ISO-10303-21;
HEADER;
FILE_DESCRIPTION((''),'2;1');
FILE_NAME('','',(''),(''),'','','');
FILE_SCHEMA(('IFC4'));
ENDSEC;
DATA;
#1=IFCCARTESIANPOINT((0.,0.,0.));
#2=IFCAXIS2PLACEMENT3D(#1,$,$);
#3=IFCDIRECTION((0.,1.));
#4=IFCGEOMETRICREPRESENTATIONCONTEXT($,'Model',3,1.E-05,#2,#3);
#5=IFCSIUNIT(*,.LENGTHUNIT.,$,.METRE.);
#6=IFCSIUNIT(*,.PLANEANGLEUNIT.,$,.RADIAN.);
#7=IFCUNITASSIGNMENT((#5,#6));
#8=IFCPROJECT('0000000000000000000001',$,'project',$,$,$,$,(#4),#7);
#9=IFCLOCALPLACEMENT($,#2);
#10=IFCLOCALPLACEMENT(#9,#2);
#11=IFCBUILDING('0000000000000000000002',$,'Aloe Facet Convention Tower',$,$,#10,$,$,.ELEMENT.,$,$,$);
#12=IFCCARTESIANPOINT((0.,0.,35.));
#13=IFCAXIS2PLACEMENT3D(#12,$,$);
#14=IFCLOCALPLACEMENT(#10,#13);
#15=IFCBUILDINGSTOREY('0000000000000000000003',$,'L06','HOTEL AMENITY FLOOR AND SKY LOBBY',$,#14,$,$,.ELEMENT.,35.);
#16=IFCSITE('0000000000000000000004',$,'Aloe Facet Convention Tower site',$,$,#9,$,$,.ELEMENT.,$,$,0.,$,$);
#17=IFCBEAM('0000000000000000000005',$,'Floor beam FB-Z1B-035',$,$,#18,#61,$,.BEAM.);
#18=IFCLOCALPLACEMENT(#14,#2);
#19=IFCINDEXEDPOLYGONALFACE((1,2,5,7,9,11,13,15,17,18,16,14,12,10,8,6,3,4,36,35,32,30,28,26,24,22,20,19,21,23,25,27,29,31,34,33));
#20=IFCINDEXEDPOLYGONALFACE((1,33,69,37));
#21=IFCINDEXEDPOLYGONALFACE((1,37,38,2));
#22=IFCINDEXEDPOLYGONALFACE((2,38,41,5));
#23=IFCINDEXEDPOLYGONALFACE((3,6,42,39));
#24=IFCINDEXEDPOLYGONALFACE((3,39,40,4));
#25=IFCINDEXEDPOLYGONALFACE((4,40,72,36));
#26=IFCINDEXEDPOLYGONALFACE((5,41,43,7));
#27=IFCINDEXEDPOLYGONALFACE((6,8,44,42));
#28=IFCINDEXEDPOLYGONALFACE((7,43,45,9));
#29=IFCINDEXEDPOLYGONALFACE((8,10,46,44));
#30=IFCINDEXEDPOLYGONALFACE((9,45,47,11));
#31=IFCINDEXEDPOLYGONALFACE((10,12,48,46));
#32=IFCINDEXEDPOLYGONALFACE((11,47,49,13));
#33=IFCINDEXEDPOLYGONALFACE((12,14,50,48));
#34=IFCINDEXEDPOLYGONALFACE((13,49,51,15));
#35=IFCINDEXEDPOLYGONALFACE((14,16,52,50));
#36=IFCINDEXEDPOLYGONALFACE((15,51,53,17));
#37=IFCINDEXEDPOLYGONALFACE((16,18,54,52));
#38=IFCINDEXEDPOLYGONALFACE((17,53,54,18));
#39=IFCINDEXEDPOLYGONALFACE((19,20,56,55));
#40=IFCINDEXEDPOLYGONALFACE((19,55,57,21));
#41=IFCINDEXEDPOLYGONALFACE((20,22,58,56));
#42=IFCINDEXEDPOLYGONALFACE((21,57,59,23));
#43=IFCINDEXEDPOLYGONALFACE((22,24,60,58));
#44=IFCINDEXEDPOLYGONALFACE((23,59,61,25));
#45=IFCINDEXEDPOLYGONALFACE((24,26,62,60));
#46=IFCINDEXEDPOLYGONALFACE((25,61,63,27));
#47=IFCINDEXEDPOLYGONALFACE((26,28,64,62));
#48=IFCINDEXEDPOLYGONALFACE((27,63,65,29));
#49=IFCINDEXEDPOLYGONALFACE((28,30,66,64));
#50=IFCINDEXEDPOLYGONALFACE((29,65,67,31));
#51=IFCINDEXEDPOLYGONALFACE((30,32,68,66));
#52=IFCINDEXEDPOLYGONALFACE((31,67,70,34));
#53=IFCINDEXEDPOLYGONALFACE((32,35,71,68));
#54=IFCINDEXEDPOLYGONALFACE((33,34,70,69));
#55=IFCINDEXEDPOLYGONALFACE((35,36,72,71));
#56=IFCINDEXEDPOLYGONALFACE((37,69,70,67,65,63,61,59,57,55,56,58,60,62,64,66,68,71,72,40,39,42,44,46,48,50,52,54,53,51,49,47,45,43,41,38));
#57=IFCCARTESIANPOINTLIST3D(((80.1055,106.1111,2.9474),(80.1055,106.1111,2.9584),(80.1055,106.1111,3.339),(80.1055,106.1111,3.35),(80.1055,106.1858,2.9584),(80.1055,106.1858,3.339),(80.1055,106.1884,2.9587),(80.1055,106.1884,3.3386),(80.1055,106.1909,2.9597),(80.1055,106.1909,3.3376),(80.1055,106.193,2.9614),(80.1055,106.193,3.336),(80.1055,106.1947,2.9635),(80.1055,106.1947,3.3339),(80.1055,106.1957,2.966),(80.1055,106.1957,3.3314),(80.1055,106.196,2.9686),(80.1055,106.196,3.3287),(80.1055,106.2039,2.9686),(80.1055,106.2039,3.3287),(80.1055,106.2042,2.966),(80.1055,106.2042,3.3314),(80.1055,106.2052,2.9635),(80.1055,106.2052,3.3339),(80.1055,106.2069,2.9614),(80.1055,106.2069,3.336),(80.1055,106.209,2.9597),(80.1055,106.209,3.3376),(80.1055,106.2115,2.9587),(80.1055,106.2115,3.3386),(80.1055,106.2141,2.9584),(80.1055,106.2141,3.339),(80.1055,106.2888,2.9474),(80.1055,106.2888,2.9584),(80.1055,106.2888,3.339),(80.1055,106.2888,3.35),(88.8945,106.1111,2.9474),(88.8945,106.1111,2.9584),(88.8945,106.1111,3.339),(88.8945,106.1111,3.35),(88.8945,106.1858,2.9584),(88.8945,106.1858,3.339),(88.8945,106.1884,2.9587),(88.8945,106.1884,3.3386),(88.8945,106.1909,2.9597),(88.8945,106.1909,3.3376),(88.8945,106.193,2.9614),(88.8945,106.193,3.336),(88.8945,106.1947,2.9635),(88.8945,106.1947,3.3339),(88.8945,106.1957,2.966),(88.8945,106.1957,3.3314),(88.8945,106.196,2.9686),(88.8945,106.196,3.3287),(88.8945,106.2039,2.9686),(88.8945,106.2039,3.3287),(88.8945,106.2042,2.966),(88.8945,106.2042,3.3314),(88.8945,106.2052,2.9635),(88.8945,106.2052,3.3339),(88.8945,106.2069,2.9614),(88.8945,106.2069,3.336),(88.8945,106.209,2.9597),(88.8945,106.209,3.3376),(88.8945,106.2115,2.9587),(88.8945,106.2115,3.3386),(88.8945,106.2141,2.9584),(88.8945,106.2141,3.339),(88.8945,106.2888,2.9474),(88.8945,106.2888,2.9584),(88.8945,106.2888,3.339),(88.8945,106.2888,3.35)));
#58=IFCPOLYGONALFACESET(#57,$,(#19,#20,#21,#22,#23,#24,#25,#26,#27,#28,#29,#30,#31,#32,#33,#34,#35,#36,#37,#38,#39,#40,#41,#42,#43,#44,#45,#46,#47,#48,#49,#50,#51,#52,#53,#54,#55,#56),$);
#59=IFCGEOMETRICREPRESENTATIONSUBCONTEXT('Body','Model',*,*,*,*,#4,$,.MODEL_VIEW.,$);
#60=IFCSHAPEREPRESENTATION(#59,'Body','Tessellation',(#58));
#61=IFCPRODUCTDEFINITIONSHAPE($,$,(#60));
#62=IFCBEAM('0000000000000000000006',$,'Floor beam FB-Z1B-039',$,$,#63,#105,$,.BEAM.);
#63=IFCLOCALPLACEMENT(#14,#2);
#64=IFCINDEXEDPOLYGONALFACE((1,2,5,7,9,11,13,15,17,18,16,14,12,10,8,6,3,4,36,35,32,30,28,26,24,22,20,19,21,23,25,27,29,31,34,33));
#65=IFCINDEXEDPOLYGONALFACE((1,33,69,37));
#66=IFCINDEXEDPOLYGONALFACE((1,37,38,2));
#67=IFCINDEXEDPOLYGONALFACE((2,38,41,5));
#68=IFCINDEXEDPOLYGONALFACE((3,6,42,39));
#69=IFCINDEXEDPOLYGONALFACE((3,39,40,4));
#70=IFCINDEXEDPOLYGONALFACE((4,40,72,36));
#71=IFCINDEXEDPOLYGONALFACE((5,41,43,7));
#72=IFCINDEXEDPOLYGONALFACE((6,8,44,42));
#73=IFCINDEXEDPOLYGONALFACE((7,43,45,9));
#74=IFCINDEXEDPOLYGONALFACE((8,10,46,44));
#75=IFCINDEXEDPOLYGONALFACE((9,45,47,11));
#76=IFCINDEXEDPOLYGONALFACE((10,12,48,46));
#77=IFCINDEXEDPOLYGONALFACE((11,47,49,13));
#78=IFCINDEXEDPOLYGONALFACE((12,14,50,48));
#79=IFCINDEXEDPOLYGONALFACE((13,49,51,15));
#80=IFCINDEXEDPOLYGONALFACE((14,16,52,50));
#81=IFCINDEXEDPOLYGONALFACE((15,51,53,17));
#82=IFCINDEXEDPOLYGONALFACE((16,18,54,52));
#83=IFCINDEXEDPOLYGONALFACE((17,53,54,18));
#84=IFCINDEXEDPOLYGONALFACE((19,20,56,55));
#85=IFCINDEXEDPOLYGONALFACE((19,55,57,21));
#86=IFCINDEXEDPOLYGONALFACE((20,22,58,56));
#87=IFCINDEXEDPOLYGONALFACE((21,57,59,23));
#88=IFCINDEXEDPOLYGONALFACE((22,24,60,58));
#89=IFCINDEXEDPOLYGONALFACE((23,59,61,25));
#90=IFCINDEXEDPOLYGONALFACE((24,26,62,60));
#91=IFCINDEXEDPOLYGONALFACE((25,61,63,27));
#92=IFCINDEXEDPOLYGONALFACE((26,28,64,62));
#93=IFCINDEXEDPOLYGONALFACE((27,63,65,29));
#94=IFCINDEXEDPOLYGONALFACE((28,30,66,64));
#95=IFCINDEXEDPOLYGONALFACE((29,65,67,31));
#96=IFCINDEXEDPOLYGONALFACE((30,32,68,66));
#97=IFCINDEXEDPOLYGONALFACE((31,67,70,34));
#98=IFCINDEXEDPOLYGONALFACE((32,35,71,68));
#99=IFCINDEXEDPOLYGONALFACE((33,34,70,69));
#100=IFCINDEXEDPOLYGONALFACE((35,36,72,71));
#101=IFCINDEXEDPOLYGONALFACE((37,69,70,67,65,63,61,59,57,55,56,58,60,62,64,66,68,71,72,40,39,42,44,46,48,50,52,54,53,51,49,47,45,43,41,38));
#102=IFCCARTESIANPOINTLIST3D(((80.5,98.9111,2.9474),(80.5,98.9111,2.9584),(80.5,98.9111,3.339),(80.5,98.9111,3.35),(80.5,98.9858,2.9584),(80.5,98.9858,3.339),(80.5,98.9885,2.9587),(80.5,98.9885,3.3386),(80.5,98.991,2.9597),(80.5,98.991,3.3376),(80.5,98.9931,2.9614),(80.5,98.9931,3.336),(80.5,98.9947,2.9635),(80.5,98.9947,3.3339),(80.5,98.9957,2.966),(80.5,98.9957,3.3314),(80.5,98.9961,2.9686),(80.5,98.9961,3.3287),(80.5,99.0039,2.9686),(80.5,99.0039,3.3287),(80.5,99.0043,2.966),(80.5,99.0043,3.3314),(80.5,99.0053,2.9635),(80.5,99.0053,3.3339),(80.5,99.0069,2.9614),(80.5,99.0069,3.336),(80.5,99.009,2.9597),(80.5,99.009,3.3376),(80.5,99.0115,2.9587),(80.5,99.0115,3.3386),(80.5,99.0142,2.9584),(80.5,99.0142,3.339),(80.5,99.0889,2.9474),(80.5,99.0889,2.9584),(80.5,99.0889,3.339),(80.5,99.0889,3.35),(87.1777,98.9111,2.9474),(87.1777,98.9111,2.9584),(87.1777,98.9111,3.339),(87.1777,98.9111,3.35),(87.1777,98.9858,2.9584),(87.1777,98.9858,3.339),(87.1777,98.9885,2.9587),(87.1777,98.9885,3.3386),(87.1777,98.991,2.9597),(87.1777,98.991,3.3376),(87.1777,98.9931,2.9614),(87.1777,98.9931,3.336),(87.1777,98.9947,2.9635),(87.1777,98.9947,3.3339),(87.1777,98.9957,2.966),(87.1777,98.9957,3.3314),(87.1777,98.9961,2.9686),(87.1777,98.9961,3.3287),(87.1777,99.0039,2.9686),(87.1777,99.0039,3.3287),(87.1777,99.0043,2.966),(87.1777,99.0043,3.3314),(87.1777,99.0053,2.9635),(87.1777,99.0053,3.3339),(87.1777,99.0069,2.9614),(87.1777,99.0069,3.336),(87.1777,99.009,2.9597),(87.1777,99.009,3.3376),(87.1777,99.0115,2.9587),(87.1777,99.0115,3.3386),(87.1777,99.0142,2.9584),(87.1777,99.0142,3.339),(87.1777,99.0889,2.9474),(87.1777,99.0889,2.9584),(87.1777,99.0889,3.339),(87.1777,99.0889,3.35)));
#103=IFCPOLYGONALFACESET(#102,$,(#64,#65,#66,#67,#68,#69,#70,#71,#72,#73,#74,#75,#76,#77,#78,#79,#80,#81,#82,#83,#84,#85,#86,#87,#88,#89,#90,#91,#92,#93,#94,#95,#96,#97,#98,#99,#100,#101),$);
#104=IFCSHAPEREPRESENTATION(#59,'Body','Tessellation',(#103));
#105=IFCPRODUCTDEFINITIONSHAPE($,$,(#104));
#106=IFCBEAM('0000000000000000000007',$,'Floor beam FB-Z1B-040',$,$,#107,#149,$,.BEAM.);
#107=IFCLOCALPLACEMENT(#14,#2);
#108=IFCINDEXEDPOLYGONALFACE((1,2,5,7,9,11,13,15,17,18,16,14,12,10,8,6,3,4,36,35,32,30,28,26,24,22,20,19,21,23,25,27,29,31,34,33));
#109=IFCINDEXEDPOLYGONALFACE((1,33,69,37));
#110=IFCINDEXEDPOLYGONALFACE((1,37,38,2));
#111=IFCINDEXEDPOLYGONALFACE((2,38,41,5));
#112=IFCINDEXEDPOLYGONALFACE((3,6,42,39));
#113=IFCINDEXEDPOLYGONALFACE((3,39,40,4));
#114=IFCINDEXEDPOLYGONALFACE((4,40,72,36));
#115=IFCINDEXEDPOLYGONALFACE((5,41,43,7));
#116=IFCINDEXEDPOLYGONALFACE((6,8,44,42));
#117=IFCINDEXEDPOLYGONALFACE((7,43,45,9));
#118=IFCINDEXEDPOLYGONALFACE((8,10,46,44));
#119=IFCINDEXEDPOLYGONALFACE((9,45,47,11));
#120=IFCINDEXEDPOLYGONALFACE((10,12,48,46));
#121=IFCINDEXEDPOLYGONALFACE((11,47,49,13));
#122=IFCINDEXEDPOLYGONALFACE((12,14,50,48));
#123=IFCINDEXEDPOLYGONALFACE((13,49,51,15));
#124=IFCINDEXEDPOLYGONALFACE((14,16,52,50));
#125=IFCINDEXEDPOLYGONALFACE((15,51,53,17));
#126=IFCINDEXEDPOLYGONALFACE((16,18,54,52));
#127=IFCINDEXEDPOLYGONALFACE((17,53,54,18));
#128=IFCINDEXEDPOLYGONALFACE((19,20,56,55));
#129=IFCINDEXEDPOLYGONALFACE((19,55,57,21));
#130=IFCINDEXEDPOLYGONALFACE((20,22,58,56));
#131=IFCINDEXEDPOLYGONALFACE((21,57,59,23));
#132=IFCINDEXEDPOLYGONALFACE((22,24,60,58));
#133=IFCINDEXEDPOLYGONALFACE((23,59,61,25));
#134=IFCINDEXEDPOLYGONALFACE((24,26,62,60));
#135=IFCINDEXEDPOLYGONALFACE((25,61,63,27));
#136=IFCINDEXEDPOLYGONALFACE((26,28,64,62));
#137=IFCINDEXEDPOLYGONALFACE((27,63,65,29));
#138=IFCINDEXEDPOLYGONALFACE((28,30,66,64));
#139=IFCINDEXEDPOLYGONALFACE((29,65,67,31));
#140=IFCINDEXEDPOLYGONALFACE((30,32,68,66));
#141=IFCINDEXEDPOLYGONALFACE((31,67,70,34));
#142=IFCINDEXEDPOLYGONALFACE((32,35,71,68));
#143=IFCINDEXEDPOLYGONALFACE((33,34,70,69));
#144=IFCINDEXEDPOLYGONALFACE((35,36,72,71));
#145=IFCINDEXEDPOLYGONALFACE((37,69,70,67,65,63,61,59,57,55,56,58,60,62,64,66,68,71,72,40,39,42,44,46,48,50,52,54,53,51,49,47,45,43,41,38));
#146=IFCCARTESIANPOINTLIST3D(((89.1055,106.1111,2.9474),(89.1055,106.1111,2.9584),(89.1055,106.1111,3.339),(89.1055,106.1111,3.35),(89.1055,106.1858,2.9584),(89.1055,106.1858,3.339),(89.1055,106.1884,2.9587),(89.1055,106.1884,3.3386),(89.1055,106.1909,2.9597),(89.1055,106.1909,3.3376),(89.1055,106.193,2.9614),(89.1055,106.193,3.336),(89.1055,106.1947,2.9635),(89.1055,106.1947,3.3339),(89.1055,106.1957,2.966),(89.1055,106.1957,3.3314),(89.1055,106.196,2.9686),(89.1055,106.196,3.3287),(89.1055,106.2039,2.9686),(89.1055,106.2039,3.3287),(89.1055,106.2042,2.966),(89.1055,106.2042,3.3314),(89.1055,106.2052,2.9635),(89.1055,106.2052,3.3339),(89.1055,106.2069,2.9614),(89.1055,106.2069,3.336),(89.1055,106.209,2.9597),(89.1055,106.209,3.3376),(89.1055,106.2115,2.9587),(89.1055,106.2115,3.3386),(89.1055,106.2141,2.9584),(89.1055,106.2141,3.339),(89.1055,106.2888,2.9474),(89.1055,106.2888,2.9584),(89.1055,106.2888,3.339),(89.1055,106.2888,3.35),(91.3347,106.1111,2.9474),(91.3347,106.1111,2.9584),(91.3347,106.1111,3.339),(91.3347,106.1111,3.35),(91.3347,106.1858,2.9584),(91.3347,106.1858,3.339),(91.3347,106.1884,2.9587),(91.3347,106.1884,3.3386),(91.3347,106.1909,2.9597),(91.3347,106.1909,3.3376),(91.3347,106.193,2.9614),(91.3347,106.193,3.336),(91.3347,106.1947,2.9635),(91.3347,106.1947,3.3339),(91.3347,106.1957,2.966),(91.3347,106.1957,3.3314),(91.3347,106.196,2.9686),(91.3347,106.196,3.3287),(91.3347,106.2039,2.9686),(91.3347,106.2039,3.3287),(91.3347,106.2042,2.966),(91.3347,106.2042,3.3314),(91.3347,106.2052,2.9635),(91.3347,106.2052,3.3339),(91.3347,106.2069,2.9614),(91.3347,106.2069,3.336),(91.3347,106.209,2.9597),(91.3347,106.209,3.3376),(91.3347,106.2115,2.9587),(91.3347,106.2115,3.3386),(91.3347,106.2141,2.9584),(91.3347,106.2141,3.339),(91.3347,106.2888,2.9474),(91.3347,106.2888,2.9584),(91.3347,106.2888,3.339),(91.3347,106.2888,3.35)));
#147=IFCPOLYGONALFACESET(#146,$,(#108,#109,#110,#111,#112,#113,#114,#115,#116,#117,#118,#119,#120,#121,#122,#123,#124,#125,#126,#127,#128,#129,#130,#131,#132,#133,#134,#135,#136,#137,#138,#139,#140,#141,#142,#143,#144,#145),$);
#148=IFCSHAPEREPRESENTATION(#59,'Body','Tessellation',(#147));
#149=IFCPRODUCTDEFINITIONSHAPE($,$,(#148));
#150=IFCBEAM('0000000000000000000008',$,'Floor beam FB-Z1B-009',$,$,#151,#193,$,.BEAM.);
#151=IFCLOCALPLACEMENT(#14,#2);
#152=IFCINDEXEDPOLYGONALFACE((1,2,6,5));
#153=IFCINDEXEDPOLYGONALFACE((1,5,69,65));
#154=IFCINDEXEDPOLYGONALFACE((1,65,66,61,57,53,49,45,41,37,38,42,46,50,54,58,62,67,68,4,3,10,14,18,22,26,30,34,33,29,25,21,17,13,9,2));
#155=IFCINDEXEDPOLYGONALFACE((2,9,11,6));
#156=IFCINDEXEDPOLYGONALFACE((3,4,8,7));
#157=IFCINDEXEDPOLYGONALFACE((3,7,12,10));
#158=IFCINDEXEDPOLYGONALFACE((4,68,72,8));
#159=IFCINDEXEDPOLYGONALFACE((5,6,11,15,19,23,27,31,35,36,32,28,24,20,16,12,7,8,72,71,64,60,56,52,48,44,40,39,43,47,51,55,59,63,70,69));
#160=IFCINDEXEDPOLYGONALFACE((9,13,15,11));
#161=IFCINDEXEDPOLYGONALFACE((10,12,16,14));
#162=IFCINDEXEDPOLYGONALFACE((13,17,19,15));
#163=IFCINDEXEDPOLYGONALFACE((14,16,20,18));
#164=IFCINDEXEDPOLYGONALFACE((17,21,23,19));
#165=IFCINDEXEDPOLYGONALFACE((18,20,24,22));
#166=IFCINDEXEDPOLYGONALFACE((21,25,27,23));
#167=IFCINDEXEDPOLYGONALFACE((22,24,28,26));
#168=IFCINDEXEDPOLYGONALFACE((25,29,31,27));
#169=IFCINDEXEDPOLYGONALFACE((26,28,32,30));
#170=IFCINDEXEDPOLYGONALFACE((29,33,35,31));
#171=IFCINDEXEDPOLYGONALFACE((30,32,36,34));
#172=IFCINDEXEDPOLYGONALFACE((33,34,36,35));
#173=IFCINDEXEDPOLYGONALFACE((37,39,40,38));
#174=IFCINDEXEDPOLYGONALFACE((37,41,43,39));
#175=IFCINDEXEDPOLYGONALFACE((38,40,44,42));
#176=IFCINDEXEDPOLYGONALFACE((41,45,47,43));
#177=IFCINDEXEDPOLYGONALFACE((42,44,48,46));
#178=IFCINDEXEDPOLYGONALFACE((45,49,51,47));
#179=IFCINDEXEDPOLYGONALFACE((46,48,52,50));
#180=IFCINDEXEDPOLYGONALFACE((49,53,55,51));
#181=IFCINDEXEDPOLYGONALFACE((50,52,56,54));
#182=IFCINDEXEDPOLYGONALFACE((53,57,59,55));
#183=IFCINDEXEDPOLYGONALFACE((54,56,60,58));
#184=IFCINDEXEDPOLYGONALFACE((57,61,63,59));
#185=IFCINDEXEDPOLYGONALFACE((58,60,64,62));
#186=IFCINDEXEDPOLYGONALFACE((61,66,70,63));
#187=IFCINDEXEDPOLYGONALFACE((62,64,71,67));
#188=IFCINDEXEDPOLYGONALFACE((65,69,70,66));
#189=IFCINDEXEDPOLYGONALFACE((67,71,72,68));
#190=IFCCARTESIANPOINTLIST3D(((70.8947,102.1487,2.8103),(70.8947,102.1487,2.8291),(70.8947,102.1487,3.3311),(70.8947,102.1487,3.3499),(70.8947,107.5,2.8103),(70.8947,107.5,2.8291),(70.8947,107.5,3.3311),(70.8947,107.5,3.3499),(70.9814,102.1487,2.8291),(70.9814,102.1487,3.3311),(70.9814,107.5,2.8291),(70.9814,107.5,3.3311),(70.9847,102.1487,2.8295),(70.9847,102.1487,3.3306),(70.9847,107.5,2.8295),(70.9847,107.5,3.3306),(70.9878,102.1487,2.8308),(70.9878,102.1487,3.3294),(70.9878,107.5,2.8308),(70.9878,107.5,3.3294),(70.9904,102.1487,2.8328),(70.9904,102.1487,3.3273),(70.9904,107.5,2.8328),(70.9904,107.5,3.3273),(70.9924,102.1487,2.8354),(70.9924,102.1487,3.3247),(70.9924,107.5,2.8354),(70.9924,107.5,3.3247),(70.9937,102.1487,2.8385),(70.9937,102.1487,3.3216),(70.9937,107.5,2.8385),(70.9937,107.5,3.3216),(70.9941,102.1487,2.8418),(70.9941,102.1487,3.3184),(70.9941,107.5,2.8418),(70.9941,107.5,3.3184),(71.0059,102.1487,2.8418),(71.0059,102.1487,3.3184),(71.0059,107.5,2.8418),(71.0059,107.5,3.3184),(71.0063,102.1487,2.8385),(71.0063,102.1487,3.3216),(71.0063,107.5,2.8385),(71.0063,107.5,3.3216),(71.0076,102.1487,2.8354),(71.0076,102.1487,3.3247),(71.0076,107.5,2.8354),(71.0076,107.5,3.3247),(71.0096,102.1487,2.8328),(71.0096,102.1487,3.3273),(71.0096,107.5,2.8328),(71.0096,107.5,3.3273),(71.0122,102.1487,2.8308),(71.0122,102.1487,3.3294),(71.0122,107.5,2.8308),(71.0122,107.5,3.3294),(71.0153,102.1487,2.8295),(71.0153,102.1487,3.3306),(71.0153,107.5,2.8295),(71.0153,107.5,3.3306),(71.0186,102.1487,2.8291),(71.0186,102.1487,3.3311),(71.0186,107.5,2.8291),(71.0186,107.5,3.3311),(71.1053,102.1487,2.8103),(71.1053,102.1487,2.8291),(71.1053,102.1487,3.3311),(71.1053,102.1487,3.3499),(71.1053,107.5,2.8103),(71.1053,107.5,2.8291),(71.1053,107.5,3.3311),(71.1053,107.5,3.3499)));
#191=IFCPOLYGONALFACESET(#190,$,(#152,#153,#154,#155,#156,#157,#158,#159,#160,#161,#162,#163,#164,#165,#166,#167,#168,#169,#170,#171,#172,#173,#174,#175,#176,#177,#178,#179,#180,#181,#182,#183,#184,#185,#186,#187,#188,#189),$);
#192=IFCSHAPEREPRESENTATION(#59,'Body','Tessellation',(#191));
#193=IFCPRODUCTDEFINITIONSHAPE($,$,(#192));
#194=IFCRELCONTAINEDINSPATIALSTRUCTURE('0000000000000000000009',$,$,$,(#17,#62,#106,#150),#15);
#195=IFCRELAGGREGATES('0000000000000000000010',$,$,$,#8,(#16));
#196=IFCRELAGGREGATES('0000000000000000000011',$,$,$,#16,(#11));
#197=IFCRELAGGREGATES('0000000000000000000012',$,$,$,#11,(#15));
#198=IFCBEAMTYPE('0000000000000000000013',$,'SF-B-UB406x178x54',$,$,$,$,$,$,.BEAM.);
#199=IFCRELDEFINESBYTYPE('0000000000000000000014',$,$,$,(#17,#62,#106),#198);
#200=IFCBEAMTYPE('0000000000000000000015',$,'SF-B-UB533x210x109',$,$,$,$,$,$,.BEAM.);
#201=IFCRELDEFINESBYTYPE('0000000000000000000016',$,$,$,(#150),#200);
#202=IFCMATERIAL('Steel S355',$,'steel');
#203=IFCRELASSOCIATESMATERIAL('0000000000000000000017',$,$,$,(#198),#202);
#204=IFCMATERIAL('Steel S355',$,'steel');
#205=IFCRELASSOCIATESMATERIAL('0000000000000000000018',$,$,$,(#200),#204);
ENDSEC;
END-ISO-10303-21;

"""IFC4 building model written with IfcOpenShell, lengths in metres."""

from ifc_helpers import new_model, si_unit, direction, frame, origin, origin_2d, place, context, subcontext, project, spatial, i_section, extrude, material, material_profile, profile_set, type_object, element, save


model = new_model("IFC4")

# Units and contexts
model_context = context("Model", 3, precision=1e-05, world=origin(), true_north=direction((0.0, 1.0)))
body_context = subcontext(model_context, "Body", "Model", "MODEL_VIEW")
ifc_project = project(units=[si_unit("LENGTHUNIT", "METRE"), si_unit("PLANEANGLEUNIT", "RADIAN")], contexts=[model_context])

# Site, building, storey
site_placement = place(None, origin())
site = spatial("IfcSite", under=ifc_project, at=site_placement, Name="Aloe Facet Convention Tower site", CompositionType="ELEMENT", RefElevation=0.0)
building_placement = place(site_placement, origin())
building = spatial("IfcBuilding", under=site, at=building_placement, Name="Aloe Facet Convention Tower", CompositionType="ELEMENT")
storey_placement = place(building_placement, frame((0.0, 0.0, 35.0)))
storey = spatial("IfcBuildingStorey", under=building, at=storey_placement, Name="L06", Description="HOTEL AMENITY FLOOR AND SKY LOBBY", CompositionType="ELEMENT", Elevation=35.0)

# Beams
ifc_material_1 = material(Name="Steel S355", Category="steel")
ifc_material_profile_1 = material_profile(ifc_material_1, i_section(OverallWidth=0.1777, OverallDepth=0.4026, WebThickness=0.0078, FlangeThickness=0.011, FilletRadius=0.0103, at=origin_2d()), Name="UB 406x178x54")
ifc_profile_set_1 = profile_set([ifc_material_profile_1], Name="Steel S355")
beam_type_1 = type_object("IfcBeamType", Name="SF-B-UB406x178x54", PredefinedType="BEAM", material=ifc_profile_set_1)
for number, where, z_axis, x_axis, name in (
    (1, (80.1055, 106.2, 3.1487), (1.0, 0.0, 0.0), (0.0, 1.0, 0.0), "Floor beam FB-Z1B-035"),
):
    element("IfcBeam", number, at=place(storey_placement, frame(where, z_axis=z_axis, x_axis=x_axis)), inside=storey, type_object=beam_type_1, Name=name, PredefinedType="BEAM", context=body_context, shape_type="SweptSolid", body=[
        extrude(i_section(OverallWidth=0.1777, OverallDepth=0.4026, WebThickness=0.0078, FlangeThickness=0.011, FilletRadius=0.0103, at=origin_2d()), origin(), (0.0, 0.0, 1.0), 8.7891),
    ])
beam_1_placement = place(storey_placement, frame((80.5, 99.0, 3.1487), z_axis=(1.0, 0.0, 0.0), x_axis=(0.0, 1.0, 0.0)))
element("IfcBeam", 2, at=beam_1_placement, inside=storey, type_object=beam_type_1, Name="Floor beam FB-Z1B-039", PredefinedType="BEAM", context=body_context, shape_type="SweptSolid", body=[
    extrude(i_section(OverallWidth=0.1777, OverallDepth=0.4026, WebThickness=0.0078, FlangeThickness=0.011, FilletRadius=0.0103, at=origin_2d()), origin(), (0.0, 0.0, 1.0), 6.6777),
])
beam_2_placement = place(storey_placement, frame((89.1055, 106.2, 3.1487), z_axis=(1.0, 0.0, 0.0), x_axis=(0.0, 1.0, 0.0)))
element("IfcBeam", 3, at=beam_2_placement, inside=storey, type_object=beam_type_1, Name="Floor beam FB-Z1B-040", PredefinedType="BEAM", context=body_context, shape_type="SweptSolid", body=[
    extrude(i_section(OverallWidth=0.1777, OverallDepth=0.4026, WebThickness=0.0078, FlangeThickness=0.011, FilletRadius=0.0103, at=origin_2d()), origin(), (0.0, 0.0, 1.0), 2.2292),
])
ifc_material_2 = material(Name="Steel S355", Category="steel")
ifc_material_profile_2 = material_profile(ifc_material_2, i_section(OverallWidth=0.2107, OverallDepth=0.5396, WebThickness=0.0117, FlangeThickness=0.0188, FilletRadius=0.0127, at=origin_2d()), Name="UB 533x210x109")
ifc_profile_set_2 = profile_set([ifc_material_profile_2], Name="Steel S355")
beam_type_2 = type_object("IfcBeamType", Name="SF-B-UB533x210x109", PredefinedType="BEAM", material=ifc_profile_set_2)
beam_3_placement = place(storey_placement, frame((71.0, 107.5, 3.0801), z_axis=(0.0, -1.0, 0.0), x_axis=(1.0, 0.0, 0.0)))
element("IfcBeam", 4, at=beam_3_placement, inside=storey, type_object=beam_type_2, Name="Floor beam FB-Z1B-009", PredefinedType="BEAM", context=body_context, shape_type="SweptSolid", body=[
    extrude(i_section(OverallWidth=0.2107, OverallDepth=0.5396, WebThickness=0.0117, FlangeThickness=0.0188, FilletRadius=0.0127, at=origin_2d()), origin(), (0.0, 0.0, 1.0), 5.3513),
])

save(model, "model.ifc")
